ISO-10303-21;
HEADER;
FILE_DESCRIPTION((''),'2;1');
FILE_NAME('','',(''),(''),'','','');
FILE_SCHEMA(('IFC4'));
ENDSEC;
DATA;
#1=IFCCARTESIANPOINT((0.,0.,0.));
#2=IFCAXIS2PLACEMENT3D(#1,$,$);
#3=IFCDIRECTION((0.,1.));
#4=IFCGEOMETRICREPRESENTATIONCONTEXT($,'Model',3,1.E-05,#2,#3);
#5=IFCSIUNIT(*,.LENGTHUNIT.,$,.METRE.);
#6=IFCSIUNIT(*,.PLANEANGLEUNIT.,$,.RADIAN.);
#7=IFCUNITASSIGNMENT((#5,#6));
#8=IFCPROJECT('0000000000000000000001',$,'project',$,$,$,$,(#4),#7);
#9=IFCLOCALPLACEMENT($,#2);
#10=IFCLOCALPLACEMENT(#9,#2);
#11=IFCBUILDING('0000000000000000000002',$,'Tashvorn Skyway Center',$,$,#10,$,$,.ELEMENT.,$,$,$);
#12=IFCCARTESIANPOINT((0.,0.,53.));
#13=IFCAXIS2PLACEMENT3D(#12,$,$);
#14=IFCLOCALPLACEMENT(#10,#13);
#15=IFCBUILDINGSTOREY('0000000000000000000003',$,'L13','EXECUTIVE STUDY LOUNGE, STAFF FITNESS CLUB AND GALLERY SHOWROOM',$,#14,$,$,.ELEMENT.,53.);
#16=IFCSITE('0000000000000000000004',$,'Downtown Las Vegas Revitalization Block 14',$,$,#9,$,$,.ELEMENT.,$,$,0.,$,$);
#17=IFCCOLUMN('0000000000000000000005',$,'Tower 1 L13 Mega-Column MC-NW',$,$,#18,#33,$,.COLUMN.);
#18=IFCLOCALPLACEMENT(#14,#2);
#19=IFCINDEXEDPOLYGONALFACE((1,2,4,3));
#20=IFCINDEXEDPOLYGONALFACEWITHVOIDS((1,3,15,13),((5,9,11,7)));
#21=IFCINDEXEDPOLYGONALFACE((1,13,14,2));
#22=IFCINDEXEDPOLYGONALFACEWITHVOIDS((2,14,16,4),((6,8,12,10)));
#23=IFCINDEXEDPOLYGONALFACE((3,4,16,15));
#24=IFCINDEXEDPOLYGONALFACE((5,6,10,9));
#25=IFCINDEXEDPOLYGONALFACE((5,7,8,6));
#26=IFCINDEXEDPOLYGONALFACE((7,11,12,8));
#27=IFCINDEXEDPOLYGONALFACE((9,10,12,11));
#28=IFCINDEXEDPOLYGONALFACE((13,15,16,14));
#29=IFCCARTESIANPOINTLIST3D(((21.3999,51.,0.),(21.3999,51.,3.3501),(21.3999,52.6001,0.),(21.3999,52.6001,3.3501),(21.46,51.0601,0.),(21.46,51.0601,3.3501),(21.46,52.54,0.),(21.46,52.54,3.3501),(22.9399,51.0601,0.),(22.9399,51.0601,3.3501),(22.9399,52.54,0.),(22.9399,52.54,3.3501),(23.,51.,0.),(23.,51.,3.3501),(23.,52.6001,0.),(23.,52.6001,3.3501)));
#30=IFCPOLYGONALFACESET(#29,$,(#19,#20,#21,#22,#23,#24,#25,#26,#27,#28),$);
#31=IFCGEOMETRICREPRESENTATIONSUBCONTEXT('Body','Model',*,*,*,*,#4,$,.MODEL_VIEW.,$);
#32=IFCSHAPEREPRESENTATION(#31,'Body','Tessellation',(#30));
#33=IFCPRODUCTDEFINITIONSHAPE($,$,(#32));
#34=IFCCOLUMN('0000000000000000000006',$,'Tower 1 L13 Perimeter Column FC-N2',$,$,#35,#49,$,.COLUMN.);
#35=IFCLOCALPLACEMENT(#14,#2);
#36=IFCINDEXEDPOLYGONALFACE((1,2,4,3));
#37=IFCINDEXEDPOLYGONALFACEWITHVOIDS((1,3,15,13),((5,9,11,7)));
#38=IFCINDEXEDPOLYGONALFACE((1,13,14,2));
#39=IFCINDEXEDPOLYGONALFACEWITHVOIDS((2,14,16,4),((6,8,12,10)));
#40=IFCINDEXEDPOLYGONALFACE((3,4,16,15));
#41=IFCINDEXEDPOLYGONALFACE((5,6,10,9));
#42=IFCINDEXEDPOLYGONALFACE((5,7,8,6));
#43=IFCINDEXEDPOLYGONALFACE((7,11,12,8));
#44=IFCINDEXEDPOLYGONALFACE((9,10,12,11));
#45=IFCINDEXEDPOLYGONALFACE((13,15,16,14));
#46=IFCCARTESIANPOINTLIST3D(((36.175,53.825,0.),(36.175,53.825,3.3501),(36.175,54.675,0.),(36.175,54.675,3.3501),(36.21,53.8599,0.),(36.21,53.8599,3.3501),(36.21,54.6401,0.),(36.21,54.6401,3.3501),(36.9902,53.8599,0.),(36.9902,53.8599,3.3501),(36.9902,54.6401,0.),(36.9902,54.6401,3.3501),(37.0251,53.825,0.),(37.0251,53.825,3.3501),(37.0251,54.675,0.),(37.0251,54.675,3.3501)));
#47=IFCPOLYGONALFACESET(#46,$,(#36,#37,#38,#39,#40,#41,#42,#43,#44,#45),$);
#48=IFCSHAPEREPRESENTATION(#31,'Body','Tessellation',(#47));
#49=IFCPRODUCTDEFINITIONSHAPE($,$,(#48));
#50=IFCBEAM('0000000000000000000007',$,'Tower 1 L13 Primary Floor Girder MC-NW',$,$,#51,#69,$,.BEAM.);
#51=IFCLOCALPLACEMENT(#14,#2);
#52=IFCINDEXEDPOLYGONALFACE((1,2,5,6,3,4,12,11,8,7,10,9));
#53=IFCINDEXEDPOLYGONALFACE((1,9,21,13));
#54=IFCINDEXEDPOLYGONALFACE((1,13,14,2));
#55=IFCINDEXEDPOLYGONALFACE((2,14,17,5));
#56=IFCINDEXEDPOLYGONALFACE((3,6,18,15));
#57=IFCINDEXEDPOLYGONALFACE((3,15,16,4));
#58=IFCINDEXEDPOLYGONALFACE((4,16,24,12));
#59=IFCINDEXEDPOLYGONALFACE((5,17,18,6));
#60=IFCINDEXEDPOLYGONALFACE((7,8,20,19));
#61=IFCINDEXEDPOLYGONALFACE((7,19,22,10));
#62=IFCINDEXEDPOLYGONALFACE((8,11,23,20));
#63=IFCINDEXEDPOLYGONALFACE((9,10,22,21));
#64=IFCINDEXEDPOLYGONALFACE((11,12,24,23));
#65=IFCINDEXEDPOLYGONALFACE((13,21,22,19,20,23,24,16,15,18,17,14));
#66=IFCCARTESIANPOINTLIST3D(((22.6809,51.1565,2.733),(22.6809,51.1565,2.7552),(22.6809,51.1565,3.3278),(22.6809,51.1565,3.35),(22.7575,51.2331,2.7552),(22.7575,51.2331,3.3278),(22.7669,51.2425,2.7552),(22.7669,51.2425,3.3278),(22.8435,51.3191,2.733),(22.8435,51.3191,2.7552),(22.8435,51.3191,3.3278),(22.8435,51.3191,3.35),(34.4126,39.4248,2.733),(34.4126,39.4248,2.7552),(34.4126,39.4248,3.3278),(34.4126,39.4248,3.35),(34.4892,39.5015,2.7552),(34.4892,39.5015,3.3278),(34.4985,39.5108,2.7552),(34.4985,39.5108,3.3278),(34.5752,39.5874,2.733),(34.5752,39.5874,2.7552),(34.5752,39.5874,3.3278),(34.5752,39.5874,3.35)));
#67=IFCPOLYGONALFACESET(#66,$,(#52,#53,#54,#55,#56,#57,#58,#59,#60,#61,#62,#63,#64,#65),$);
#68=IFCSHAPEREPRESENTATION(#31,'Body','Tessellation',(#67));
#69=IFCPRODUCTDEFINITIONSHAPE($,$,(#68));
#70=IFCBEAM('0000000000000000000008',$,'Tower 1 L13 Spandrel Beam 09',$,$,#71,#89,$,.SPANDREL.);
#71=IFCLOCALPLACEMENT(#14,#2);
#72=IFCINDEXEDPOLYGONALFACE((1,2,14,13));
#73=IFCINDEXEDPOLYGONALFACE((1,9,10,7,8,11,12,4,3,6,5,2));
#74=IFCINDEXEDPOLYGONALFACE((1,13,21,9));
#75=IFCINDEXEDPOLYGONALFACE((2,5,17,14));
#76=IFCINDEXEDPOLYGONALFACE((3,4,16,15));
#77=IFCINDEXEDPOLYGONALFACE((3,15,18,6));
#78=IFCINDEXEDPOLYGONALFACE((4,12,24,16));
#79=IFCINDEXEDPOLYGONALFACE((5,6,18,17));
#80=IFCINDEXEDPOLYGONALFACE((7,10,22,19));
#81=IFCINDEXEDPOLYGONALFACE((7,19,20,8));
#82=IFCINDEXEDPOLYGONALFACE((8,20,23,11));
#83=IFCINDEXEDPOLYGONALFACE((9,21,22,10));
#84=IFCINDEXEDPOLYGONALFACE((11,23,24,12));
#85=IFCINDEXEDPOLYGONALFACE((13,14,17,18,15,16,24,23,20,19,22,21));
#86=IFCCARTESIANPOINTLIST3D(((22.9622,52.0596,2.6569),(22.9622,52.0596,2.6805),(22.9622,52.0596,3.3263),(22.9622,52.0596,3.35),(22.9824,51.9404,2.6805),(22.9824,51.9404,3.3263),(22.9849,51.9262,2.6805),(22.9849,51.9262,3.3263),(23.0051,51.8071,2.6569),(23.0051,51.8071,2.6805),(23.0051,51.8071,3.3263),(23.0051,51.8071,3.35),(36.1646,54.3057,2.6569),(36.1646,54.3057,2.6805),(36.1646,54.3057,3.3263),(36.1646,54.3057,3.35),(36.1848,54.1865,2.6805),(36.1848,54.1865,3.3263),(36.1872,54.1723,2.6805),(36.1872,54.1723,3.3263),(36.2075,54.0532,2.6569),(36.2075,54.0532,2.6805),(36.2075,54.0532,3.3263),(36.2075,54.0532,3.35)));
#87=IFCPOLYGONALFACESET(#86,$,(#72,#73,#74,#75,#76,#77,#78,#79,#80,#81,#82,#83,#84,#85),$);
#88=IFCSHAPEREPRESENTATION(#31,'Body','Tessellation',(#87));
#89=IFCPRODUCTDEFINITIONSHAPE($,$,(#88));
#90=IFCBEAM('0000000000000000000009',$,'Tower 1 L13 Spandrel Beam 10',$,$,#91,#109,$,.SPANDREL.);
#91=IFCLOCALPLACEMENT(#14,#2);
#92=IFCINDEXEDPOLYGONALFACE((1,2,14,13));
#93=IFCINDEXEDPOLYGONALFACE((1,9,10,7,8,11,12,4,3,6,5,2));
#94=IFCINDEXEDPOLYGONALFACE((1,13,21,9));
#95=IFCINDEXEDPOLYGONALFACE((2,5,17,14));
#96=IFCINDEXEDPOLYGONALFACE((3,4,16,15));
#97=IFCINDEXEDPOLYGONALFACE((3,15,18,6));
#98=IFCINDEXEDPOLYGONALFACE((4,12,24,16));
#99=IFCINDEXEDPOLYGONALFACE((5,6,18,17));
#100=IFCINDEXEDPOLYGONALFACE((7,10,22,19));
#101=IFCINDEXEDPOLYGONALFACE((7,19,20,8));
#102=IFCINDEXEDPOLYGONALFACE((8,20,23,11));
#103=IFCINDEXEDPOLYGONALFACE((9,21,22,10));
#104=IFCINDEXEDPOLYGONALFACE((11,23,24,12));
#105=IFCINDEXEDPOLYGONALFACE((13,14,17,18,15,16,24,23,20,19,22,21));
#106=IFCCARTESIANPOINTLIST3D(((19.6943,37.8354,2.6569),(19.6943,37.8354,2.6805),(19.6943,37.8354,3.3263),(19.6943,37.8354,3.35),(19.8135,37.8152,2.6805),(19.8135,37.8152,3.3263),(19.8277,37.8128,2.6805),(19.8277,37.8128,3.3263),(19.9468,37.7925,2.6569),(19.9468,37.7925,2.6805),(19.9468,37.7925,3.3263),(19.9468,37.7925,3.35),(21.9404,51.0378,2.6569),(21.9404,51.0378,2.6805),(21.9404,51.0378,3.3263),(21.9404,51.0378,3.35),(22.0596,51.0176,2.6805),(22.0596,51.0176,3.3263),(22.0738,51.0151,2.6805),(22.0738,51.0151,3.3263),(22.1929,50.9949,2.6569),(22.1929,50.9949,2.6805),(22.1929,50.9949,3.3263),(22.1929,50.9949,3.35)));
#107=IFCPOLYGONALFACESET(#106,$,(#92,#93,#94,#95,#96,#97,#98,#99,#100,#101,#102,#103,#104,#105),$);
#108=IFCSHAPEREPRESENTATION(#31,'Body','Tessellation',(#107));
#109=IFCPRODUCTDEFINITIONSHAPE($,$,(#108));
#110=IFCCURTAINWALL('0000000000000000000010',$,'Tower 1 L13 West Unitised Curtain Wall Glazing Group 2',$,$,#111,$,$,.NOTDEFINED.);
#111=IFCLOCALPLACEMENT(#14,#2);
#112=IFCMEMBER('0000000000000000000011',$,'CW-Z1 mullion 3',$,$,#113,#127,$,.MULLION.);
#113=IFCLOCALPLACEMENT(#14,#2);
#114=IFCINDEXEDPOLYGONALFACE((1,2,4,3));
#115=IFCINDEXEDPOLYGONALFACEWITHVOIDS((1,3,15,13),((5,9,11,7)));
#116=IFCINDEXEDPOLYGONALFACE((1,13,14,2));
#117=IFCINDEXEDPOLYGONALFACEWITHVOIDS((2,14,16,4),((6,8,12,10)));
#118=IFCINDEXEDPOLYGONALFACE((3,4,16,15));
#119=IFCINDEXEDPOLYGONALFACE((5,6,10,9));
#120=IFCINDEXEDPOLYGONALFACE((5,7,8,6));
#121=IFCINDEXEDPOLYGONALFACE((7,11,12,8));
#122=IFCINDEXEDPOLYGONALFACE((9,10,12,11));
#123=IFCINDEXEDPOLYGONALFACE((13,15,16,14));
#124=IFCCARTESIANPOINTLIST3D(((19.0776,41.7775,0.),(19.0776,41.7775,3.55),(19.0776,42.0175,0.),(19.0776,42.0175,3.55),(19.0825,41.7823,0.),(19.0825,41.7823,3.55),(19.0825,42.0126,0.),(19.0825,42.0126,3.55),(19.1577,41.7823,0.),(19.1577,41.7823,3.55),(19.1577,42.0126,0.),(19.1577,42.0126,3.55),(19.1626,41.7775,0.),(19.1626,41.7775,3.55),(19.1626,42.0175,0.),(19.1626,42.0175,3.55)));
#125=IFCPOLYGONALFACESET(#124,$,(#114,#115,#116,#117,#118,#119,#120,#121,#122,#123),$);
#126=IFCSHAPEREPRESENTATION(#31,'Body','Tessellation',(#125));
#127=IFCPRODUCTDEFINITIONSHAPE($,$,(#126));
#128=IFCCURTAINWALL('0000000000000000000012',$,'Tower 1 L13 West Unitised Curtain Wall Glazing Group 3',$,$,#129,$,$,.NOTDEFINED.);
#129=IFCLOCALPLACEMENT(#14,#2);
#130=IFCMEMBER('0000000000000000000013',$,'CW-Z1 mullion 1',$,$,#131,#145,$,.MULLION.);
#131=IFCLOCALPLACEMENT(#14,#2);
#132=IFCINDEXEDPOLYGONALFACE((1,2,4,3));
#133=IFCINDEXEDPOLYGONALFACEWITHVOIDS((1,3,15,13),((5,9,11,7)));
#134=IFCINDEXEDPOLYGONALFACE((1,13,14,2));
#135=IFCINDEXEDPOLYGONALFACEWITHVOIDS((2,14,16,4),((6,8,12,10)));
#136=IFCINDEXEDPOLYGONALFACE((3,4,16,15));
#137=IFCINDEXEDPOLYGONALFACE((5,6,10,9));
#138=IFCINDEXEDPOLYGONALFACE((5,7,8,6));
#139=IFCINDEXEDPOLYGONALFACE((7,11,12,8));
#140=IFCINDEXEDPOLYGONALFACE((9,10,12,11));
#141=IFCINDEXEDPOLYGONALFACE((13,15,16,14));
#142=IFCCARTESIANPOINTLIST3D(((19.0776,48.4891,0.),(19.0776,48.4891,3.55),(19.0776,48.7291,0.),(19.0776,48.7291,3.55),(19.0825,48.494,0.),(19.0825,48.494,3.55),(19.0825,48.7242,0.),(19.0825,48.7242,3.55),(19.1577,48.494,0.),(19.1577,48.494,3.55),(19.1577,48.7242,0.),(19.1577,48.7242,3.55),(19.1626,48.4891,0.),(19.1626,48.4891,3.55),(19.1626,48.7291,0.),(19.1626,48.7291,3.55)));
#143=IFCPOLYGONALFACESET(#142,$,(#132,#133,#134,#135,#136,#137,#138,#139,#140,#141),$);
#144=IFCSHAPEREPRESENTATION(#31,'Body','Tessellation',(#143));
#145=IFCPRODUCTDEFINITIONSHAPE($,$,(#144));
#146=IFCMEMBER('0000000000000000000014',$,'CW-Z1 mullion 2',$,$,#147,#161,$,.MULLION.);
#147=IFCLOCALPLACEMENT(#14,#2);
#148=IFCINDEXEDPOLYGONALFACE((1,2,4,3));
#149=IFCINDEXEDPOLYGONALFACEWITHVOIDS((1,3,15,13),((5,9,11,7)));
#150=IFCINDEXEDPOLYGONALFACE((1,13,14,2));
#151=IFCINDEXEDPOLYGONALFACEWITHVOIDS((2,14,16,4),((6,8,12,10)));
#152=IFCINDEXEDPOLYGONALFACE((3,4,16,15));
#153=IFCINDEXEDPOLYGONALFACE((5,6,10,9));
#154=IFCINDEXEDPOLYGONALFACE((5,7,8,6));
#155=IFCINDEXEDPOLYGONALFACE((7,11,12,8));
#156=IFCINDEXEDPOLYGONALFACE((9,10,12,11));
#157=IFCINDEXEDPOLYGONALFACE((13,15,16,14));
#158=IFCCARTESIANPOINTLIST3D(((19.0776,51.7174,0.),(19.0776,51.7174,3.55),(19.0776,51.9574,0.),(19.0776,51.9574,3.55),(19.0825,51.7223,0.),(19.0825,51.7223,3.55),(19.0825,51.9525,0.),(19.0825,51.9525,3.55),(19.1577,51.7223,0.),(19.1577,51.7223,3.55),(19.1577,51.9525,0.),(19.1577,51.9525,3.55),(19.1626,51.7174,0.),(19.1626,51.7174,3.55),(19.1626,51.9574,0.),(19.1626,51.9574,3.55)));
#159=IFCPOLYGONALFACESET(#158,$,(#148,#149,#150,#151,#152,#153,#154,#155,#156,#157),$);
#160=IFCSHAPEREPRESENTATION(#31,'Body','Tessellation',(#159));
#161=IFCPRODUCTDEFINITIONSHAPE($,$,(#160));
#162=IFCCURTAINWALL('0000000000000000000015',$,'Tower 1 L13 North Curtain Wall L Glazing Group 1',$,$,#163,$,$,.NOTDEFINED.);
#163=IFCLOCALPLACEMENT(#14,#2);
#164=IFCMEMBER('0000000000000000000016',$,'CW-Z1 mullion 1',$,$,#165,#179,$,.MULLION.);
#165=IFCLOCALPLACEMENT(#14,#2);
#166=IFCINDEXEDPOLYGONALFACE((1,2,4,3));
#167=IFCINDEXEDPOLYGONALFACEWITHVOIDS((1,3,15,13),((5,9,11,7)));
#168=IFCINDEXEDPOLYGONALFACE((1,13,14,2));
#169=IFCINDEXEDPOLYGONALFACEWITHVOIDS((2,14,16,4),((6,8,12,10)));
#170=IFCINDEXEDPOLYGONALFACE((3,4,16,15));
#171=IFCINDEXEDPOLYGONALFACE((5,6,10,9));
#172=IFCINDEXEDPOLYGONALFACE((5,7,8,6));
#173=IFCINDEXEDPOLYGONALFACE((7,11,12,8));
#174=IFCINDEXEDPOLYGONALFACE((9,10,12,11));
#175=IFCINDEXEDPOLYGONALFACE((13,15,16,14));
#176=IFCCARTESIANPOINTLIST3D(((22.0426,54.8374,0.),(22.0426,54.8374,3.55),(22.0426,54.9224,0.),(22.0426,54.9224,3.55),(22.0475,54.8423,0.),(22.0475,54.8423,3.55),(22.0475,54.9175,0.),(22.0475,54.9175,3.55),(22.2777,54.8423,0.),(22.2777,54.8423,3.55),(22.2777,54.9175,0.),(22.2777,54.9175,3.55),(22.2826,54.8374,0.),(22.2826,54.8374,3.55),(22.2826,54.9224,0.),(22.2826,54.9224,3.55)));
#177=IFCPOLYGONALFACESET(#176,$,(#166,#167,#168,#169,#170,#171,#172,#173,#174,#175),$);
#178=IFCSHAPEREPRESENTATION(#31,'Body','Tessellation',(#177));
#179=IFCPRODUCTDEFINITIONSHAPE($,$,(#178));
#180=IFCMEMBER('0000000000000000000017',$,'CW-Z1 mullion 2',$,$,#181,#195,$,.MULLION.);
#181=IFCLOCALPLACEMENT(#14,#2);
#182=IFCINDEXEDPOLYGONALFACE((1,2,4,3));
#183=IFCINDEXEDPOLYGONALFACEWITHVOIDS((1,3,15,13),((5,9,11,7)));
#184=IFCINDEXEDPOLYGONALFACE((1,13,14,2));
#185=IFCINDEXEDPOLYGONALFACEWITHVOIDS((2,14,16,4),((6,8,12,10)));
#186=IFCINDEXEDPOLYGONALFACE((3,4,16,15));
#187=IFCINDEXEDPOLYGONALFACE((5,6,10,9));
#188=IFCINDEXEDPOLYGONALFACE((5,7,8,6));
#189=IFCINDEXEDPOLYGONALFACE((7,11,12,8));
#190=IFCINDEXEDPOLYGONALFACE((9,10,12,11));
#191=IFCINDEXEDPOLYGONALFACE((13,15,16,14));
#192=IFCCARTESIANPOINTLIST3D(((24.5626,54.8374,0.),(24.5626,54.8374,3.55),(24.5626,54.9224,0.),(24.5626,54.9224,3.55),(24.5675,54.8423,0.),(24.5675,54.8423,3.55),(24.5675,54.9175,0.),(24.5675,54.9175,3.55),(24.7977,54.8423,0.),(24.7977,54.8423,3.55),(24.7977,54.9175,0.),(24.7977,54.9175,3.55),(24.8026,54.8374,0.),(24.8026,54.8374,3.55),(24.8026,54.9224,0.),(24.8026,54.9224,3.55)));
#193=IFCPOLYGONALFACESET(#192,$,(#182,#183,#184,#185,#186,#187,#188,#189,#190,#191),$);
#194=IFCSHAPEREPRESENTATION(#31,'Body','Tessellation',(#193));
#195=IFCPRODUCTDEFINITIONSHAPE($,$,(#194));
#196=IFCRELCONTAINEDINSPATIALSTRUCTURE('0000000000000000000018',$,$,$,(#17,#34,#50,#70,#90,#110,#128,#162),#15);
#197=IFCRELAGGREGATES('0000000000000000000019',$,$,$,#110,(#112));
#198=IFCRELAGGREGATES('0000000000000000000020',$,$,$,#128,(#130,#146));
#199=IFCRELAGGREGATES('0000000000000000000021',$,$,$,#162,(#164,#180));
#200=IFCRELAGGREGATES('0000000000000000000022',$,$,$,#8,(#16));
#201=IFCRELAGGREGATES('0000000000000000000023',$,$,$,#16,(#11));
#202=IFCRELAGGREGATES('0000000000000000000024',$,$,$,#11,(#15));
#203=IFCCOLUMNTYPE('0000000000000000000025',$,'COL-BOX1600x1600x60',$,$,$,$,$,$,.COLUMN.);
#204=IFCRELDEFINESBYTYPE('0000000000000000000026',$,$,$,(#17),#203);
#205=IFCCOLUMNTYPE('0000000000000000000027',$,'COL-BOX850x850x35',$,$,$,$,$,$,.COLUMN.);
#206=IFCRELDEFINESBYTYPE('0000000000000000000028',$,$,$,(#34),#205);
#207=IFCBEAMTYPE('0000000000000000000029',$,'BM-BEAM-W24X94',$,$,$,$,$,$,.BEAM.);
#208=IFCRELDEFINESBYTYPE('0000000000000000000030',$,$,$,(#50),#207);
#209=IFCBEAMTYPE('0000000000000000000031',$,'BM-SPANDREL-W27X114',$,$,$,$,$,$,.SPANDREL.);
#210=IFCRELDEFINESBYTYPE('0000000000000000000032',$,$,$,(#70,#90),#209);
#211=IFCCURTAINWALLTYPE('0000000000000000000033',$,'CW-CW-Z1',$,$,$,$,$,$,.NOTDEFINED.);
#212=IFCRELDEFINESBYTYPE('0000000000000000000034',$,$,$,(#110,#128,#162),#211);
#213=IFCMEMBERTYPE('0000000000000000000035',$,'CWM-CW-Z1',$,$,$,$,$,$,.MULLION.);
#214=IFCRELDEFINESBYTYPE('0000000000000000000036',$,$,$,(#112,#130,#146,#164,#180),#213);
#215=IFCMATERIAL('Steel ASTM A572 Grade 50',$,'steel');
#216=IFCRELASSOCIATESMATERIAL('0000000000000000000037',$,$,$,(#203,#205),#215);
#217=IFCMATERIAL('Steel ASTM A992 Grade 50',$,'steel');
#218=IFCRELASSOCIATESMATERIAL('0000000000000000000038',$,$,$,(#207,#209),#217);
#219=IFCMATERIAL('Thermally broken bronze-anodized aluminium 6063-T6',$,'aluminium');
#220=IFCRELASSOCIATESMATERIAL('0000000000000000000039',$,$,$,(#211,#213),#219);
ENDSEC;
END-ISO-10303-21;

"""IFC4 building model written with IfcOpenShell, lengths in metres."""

from ifc_helpers import new_model, si_unit, direction, frame, origin, origin_2d, place, context, subcontext, project, spatial, hollow_rectangle, i_section, extrude, material, material_profile, profile_set, type_object, element, aggregate, save


model = new_model("IFC4")

# Units and contexts
model_context = context("Model", 3, precision=1e-05, world=origin(), true_north=direction((0.0, 1.0)))
body_context = subcontext(model_context, "Body", "Model", "MODEL_VIEW")
ifc_project = project(units=[si_unit("LENGTHUNIT", "METRE"), si_unit("PLANEANGLEUNIT", "RADIAN")], contexts=[model_context])

# Site, building, storey
site_placement = place(None, origin())
site = spatial("IfcSite", under=ifc_project, at=site_placement, Name="Downtown Las Vegas Revitalization Block 14", CompositionType="ELEMENT", RefElevation=0.0)
building_placement = place(site_placement, origin())
building = spatial("IfcBuilding", under=site, at=building_placement, Name="Tashvorn Skyway Center", CompositionType="ELEMENT")
storey_placement = place(building_placement, frame((0.0, 0.0, 53.0)))
storey = spatial("IfcBuildingStorey", under=building, at=storey_placement, Name="L13", Description="EXECUTIVE STUDY LOUNGE, STAFF FITNESS CLUB AND GALLERY SHOWROOM", CompositionType="ELEMENT", Elevation=53.0)

# Columns
ifc_material_1 = material(Name="Steel ASTM A572 Grade 50", Category="steel")
ifc_material_profile_1 = material_profile(ifc_material_1, hollow_rectangle(XDim=1.6001, YDim=1.6001, WallThickness=0.0601, at=origin_2d()), Name="BOX1600x1600x60")
ifc_profile_set_1 = profile_set([ifc_material_profile_1], Name="Steel ASTM A572 Grade 50")
column_type_1 = type_object("IfcColumnType", Name="COL-BOX1600x1600x60", PredefinedType="COLUMN", material=ifc_profile_set_1)
column_1_placement = place(storey_placement, frame((22.2, 51.8, 0.0), z_axis=(0.0, 0.0, 1.0), x_axis=(1.0, 0.0, 0.0)))
element("IfcColumn", 1, at=column_1_placement, inside=storey, type_object=column_type_1, Name="Tower 1 L13 Mega-Column MC-NW", PredefinedType="COLUMN", context=body_context, shape_type="SweptSolid", body=[
    extrude(hollow_rectangle(XDim=1.6001, YDim=1.6001, WallThickness=0.0601, at=origin_2d()), origin(), (0.0, 0.0, 1.0), 3.3501),
])
ifc_material_profile_2 = material_profile(ifc_material_1, hollow_rectangle(XDim=0.8501, YDim=0.8501, WallThickness=0.0349, at=origin_2d()), Name="BOX850x850x35")
ifc_profile_set_2 = profile_set([ifc_material_profile_2], Name="Steel ASTM A572 Grade 50")
column_type_2 = type_object("IfcColumnType", Name="COL-BOX850x850x35", PredefinedType="COLUMN", material=ifc_profile_set_2)
column_2_placement = place(storey_placement, frame((36.6001, 54.25, 0.0), z_axis=(0.0, 0.0, 1.0), x_axis=(1.0, 0.0, 0.0)))
element("IfcColumn", 2, at=column_2_placement, inside=storey, type_object=column_type_2, Name="Tower 1 L13 Perimeter Column FC-N2", PredefinedType="COLUMN", context=body_context, shape_type="SweptSolid", body=[
    extrude(hollow_rectangle(XDim=0.8501, YDim=0.8501, WallThickness=0.0349, at=origin_2d()), origin(), (0.0, 0.0, 1.0), 3.3501),
])

# Beams
ifc_material_2 = material(Name="Steel ASTM A992 Grade 50", Category="steel")
ifc_material_profile_3 = material_profile(ifc_material_2, i_section(OverallWidth=0.23, OverallDepth=0.6169, WebThickness=0.0132, FlangeThickness=0.0222, at=origin_2d()), Name="W24X94")
ifc_profile_set_3 = profile_set([ifc_material_profile_3], Name="Steel ASTM A992 Grade 50")
beam_type_1 = type_object("IfcBeamType", Name="BM-BEAM-W24X94", PredefinedType="BEAM", material=ifc_profile_set_3)
beam_placement = place(storey_placement, frame((22.7622, 51.2378, 3.0415), z_axis=(0.707107, -0.707107, 0.0), x_axis=(0.707107, 0.707107, 0.0)))
element("IfcBeam", 3, at=beam_placement, inside=storey, type_object=beam_type_1, Name="Tower 1 L13 Primary Floor Girder MC-NW", PredefinedType="BEAM", context=body_context, shape_type="SweptSolid", body=[
    extrude(i_section(OverallWidth=0.23, OverallDepth=0.6169, WebThickness=0.0132, FlangeThickness=0.0222, at=origin_2d()), origin(), (0.0, 0.0, 1.0), 16.5911),
])
ifc_material_profile_4 = material_profile(ifc_material_2, i_section(OverallWidth=0.2561, OverallDepth=0.6931, WebThickness=0.0144, FlangeThickness=0.0237, at=origin_2d()), Name="W27X114")
ifc_profile_set_4 = profile_set([ifc_material_profile_4], Name="Steel ASTM A992 Grade 50")
beam_type_2 = type_object("IfcBeamType", Name="BM-SPANDREL-W27X114", PredefinedType="SPANDREL", material=ifc_profile_set_4)
for number, where, z_axis, x_axis, name in (
    (4, (36.186, 54.1794, 3.0034), (-0.985835, -0.167718, 0.0), (0.167718, -0.985835, 0.0), "Tower 1 L13 Spandrel Beam 09"),
    (5, (22.0667, 51.0164, 3.0034), (-0.167718, -0.985835, 0.0), (0.985835, -0.167718, 0.0), "Tower 1 L13 Spandrel Beam 10"),
):
    element("IfcBeam", number, at=place(storey_placement, frame(where, z_axis=z_axis, x_axis=x_axis)), inside=storey, type_object=beam_type_2, Name=name, PredefinedType="SPANDREL", context=body_context, shape_type="SweptSolid", body=[
        extrude(i_section(OverallWidth=0.2561, OverallDepth=0.6931, WebThickness=0.0144, FlangeThickness=0.0237, at=origin_2d()), origin(), (0.0, 0.0, 1.0), 13.3921),
    ])

# Curtain wall, member
ifc_material_3 = material(Name="Thermally broken bronze-anodized aluminium 6063-T6", Category="aluminium")
curtain_wall_type = type_object("IfcCurtainWallType", Name="CW-CW-Z1", PredefinedType="NOTDEFINED", material=ifc_material_3)
curtain_wall_1_placement = place(storey_placement, origin())
curtain_wall_1 = element("IfcCurtainWall", 6, at=curtain_wall_1_placement, inside=storey, type_object=curtain_wall_type, Name="Tower 1 L13 West Unitised Curtain Wall Glazing Group 2", PredefinedType="NOTDEFINED")
ifc_material_profile_5 = material_profile(ifc_material_3, hollow_rectangle(XDim=0.085, YDim=0.24, WallThickness=0.0049, at=origin_2d()), Name="ALU-MULL-85x240")
ifc_profile_set_5 = profile_set([ifc_material_profile_5], Name="Thermally broken bronze-anodized aluminium 6063-T6")
member_type_1 = type_object("IfcMemberType", Name="CWM-CW-Z1", PredefinedType="MULLION", material=ifc_profile_set_5)
member_1_placement = place(storey_placement, frame((19.1201, 41.8975, 0.0), z_axis=(0.0, 0.0, 1.0), x_axis=(-1.0, 0.0, 0.0)))
member_1 = element("IfcMember", 7, at=member_1_placement, type_object=member_type_1, Name="CW-Z1 mullion 3", PredefinedType="MULLION", context=body_context, shape_type="SweptSolid", body=[
    extrude(hollow_rectangle(XDim=0.085, YDim=0.24, WallThickness=0.0049, at=origin_2d()), origin(), (0.0, 0.0, 1.0), 3.55),
])
aggregate(curtain_wall_1, [member_1])

# Curtain walls, members
curtain_wall_2_placement = place(storey_placement, origin())
curtain_wall_2 = element("IfcCurtainWall", 8, at=curtain_wall_2_placement, inside=storey, type_object=curtain_wall_type, Name="Tower 1 L13 West Unitised Curtain Wall Glazing Group 3", PredefinedType="NOTDEFINED")
member_2_placement = place(storey_placement, frame((19.1201, 48.6091, 0.0), z_axis=(0.0, 0.0, 1.0), x_axis=(-1.0, 0.0, 0.0)))
member_2 = element("IfcMember", 9, at=member_2_placement, type_object=member_type_1, Name="CW-Z1 mullion 1", PredefinedType="MULLION", context=body_context, shape_type="SweptSolid", body=[
    extrude(hollow_rectangle(XDim=0.085, YDim=0.24, WallThickness=0.0049, at=origin_2d()), origin(), (0.0, 0.0, 1.0), 3.55),
])
member_3_placement = place(storey_placement, frame((19.1201, 51.8374, 0.0), z_axis=(0.0, 0.0, 1.0), x_axis=(-1.0, 0.0, 0.0)))
member_3 = element("IfcMember", 10, at=member_3_placement, type_object=member_type_1, Name="CW-Z1 mullion 2", PredefinedType="MULLION", context=body_context, shape_type="SweptSolid", body=[
    extrude(hollow_rectangle(XDim=0.085, YDim=0.24, WallThickness=0.0049, at=origin_2d()), origin(), (0.0, 0.0, 1.0), 3.55),
])
curtain_wall_3_placement = place(storey_placement, origin())
curtain_wall_3 = element("IfcCurtainWall", 11, at=curtain_wall_3_placement, inside=storey, type_object=curtain_wall_type, Name="Tower 1 L13 North Curtain Wall L Glazing Group 1", PredefinedType="NOTDEFINED")
member_4_placement = place(storey_placement, frame((22.1626, 54.8799, 0.0), z_axis=(0.0, 0.0, 1.0), x_axis=(0.0, 1.0, 0.0)))
member_4 = element("IfcMember", 12, at=member_4_placement, type_object=member_type_1, Name="CW-Z1 mullion 1", PredefinedType="MULLION", context=body_context, shape_type="SweptSolid", body=[
    extrude(hollow_rectangle(XDim=0.085, YDim=0.24, WallThickness=0.0049, at=origin_2d()), origin(), (0.0, 0.0, 1.0), 3.55),
])
member_5_placement = place(storey_placement, frame((24.6826, 54.8799, 0.0), z_axis=(0.0, 0.0, 1.0), x_axis=(0.0, 1.0, 0.0)))
member_5 = element("IfcMember", 13, at=member_5_placement, type_object=member_type_1, Name="CW-Z1 mullion 2", PredefinedType="MULLION", context=body_context, shape_type="SweptSolid", body=[
    extrude(hollow_rectangle(XDim=0.085, YDim=0.24, WallThickness=0.0049, at=origin_2d()), origin(), (0.0, 0.0, 1.0), 3.55),
])

aggregate(curtain_wall_2, [member_2, member_3])
aggregate(curtain_wall_3, [member_4, member_5])

save(model, "model.ifc")
